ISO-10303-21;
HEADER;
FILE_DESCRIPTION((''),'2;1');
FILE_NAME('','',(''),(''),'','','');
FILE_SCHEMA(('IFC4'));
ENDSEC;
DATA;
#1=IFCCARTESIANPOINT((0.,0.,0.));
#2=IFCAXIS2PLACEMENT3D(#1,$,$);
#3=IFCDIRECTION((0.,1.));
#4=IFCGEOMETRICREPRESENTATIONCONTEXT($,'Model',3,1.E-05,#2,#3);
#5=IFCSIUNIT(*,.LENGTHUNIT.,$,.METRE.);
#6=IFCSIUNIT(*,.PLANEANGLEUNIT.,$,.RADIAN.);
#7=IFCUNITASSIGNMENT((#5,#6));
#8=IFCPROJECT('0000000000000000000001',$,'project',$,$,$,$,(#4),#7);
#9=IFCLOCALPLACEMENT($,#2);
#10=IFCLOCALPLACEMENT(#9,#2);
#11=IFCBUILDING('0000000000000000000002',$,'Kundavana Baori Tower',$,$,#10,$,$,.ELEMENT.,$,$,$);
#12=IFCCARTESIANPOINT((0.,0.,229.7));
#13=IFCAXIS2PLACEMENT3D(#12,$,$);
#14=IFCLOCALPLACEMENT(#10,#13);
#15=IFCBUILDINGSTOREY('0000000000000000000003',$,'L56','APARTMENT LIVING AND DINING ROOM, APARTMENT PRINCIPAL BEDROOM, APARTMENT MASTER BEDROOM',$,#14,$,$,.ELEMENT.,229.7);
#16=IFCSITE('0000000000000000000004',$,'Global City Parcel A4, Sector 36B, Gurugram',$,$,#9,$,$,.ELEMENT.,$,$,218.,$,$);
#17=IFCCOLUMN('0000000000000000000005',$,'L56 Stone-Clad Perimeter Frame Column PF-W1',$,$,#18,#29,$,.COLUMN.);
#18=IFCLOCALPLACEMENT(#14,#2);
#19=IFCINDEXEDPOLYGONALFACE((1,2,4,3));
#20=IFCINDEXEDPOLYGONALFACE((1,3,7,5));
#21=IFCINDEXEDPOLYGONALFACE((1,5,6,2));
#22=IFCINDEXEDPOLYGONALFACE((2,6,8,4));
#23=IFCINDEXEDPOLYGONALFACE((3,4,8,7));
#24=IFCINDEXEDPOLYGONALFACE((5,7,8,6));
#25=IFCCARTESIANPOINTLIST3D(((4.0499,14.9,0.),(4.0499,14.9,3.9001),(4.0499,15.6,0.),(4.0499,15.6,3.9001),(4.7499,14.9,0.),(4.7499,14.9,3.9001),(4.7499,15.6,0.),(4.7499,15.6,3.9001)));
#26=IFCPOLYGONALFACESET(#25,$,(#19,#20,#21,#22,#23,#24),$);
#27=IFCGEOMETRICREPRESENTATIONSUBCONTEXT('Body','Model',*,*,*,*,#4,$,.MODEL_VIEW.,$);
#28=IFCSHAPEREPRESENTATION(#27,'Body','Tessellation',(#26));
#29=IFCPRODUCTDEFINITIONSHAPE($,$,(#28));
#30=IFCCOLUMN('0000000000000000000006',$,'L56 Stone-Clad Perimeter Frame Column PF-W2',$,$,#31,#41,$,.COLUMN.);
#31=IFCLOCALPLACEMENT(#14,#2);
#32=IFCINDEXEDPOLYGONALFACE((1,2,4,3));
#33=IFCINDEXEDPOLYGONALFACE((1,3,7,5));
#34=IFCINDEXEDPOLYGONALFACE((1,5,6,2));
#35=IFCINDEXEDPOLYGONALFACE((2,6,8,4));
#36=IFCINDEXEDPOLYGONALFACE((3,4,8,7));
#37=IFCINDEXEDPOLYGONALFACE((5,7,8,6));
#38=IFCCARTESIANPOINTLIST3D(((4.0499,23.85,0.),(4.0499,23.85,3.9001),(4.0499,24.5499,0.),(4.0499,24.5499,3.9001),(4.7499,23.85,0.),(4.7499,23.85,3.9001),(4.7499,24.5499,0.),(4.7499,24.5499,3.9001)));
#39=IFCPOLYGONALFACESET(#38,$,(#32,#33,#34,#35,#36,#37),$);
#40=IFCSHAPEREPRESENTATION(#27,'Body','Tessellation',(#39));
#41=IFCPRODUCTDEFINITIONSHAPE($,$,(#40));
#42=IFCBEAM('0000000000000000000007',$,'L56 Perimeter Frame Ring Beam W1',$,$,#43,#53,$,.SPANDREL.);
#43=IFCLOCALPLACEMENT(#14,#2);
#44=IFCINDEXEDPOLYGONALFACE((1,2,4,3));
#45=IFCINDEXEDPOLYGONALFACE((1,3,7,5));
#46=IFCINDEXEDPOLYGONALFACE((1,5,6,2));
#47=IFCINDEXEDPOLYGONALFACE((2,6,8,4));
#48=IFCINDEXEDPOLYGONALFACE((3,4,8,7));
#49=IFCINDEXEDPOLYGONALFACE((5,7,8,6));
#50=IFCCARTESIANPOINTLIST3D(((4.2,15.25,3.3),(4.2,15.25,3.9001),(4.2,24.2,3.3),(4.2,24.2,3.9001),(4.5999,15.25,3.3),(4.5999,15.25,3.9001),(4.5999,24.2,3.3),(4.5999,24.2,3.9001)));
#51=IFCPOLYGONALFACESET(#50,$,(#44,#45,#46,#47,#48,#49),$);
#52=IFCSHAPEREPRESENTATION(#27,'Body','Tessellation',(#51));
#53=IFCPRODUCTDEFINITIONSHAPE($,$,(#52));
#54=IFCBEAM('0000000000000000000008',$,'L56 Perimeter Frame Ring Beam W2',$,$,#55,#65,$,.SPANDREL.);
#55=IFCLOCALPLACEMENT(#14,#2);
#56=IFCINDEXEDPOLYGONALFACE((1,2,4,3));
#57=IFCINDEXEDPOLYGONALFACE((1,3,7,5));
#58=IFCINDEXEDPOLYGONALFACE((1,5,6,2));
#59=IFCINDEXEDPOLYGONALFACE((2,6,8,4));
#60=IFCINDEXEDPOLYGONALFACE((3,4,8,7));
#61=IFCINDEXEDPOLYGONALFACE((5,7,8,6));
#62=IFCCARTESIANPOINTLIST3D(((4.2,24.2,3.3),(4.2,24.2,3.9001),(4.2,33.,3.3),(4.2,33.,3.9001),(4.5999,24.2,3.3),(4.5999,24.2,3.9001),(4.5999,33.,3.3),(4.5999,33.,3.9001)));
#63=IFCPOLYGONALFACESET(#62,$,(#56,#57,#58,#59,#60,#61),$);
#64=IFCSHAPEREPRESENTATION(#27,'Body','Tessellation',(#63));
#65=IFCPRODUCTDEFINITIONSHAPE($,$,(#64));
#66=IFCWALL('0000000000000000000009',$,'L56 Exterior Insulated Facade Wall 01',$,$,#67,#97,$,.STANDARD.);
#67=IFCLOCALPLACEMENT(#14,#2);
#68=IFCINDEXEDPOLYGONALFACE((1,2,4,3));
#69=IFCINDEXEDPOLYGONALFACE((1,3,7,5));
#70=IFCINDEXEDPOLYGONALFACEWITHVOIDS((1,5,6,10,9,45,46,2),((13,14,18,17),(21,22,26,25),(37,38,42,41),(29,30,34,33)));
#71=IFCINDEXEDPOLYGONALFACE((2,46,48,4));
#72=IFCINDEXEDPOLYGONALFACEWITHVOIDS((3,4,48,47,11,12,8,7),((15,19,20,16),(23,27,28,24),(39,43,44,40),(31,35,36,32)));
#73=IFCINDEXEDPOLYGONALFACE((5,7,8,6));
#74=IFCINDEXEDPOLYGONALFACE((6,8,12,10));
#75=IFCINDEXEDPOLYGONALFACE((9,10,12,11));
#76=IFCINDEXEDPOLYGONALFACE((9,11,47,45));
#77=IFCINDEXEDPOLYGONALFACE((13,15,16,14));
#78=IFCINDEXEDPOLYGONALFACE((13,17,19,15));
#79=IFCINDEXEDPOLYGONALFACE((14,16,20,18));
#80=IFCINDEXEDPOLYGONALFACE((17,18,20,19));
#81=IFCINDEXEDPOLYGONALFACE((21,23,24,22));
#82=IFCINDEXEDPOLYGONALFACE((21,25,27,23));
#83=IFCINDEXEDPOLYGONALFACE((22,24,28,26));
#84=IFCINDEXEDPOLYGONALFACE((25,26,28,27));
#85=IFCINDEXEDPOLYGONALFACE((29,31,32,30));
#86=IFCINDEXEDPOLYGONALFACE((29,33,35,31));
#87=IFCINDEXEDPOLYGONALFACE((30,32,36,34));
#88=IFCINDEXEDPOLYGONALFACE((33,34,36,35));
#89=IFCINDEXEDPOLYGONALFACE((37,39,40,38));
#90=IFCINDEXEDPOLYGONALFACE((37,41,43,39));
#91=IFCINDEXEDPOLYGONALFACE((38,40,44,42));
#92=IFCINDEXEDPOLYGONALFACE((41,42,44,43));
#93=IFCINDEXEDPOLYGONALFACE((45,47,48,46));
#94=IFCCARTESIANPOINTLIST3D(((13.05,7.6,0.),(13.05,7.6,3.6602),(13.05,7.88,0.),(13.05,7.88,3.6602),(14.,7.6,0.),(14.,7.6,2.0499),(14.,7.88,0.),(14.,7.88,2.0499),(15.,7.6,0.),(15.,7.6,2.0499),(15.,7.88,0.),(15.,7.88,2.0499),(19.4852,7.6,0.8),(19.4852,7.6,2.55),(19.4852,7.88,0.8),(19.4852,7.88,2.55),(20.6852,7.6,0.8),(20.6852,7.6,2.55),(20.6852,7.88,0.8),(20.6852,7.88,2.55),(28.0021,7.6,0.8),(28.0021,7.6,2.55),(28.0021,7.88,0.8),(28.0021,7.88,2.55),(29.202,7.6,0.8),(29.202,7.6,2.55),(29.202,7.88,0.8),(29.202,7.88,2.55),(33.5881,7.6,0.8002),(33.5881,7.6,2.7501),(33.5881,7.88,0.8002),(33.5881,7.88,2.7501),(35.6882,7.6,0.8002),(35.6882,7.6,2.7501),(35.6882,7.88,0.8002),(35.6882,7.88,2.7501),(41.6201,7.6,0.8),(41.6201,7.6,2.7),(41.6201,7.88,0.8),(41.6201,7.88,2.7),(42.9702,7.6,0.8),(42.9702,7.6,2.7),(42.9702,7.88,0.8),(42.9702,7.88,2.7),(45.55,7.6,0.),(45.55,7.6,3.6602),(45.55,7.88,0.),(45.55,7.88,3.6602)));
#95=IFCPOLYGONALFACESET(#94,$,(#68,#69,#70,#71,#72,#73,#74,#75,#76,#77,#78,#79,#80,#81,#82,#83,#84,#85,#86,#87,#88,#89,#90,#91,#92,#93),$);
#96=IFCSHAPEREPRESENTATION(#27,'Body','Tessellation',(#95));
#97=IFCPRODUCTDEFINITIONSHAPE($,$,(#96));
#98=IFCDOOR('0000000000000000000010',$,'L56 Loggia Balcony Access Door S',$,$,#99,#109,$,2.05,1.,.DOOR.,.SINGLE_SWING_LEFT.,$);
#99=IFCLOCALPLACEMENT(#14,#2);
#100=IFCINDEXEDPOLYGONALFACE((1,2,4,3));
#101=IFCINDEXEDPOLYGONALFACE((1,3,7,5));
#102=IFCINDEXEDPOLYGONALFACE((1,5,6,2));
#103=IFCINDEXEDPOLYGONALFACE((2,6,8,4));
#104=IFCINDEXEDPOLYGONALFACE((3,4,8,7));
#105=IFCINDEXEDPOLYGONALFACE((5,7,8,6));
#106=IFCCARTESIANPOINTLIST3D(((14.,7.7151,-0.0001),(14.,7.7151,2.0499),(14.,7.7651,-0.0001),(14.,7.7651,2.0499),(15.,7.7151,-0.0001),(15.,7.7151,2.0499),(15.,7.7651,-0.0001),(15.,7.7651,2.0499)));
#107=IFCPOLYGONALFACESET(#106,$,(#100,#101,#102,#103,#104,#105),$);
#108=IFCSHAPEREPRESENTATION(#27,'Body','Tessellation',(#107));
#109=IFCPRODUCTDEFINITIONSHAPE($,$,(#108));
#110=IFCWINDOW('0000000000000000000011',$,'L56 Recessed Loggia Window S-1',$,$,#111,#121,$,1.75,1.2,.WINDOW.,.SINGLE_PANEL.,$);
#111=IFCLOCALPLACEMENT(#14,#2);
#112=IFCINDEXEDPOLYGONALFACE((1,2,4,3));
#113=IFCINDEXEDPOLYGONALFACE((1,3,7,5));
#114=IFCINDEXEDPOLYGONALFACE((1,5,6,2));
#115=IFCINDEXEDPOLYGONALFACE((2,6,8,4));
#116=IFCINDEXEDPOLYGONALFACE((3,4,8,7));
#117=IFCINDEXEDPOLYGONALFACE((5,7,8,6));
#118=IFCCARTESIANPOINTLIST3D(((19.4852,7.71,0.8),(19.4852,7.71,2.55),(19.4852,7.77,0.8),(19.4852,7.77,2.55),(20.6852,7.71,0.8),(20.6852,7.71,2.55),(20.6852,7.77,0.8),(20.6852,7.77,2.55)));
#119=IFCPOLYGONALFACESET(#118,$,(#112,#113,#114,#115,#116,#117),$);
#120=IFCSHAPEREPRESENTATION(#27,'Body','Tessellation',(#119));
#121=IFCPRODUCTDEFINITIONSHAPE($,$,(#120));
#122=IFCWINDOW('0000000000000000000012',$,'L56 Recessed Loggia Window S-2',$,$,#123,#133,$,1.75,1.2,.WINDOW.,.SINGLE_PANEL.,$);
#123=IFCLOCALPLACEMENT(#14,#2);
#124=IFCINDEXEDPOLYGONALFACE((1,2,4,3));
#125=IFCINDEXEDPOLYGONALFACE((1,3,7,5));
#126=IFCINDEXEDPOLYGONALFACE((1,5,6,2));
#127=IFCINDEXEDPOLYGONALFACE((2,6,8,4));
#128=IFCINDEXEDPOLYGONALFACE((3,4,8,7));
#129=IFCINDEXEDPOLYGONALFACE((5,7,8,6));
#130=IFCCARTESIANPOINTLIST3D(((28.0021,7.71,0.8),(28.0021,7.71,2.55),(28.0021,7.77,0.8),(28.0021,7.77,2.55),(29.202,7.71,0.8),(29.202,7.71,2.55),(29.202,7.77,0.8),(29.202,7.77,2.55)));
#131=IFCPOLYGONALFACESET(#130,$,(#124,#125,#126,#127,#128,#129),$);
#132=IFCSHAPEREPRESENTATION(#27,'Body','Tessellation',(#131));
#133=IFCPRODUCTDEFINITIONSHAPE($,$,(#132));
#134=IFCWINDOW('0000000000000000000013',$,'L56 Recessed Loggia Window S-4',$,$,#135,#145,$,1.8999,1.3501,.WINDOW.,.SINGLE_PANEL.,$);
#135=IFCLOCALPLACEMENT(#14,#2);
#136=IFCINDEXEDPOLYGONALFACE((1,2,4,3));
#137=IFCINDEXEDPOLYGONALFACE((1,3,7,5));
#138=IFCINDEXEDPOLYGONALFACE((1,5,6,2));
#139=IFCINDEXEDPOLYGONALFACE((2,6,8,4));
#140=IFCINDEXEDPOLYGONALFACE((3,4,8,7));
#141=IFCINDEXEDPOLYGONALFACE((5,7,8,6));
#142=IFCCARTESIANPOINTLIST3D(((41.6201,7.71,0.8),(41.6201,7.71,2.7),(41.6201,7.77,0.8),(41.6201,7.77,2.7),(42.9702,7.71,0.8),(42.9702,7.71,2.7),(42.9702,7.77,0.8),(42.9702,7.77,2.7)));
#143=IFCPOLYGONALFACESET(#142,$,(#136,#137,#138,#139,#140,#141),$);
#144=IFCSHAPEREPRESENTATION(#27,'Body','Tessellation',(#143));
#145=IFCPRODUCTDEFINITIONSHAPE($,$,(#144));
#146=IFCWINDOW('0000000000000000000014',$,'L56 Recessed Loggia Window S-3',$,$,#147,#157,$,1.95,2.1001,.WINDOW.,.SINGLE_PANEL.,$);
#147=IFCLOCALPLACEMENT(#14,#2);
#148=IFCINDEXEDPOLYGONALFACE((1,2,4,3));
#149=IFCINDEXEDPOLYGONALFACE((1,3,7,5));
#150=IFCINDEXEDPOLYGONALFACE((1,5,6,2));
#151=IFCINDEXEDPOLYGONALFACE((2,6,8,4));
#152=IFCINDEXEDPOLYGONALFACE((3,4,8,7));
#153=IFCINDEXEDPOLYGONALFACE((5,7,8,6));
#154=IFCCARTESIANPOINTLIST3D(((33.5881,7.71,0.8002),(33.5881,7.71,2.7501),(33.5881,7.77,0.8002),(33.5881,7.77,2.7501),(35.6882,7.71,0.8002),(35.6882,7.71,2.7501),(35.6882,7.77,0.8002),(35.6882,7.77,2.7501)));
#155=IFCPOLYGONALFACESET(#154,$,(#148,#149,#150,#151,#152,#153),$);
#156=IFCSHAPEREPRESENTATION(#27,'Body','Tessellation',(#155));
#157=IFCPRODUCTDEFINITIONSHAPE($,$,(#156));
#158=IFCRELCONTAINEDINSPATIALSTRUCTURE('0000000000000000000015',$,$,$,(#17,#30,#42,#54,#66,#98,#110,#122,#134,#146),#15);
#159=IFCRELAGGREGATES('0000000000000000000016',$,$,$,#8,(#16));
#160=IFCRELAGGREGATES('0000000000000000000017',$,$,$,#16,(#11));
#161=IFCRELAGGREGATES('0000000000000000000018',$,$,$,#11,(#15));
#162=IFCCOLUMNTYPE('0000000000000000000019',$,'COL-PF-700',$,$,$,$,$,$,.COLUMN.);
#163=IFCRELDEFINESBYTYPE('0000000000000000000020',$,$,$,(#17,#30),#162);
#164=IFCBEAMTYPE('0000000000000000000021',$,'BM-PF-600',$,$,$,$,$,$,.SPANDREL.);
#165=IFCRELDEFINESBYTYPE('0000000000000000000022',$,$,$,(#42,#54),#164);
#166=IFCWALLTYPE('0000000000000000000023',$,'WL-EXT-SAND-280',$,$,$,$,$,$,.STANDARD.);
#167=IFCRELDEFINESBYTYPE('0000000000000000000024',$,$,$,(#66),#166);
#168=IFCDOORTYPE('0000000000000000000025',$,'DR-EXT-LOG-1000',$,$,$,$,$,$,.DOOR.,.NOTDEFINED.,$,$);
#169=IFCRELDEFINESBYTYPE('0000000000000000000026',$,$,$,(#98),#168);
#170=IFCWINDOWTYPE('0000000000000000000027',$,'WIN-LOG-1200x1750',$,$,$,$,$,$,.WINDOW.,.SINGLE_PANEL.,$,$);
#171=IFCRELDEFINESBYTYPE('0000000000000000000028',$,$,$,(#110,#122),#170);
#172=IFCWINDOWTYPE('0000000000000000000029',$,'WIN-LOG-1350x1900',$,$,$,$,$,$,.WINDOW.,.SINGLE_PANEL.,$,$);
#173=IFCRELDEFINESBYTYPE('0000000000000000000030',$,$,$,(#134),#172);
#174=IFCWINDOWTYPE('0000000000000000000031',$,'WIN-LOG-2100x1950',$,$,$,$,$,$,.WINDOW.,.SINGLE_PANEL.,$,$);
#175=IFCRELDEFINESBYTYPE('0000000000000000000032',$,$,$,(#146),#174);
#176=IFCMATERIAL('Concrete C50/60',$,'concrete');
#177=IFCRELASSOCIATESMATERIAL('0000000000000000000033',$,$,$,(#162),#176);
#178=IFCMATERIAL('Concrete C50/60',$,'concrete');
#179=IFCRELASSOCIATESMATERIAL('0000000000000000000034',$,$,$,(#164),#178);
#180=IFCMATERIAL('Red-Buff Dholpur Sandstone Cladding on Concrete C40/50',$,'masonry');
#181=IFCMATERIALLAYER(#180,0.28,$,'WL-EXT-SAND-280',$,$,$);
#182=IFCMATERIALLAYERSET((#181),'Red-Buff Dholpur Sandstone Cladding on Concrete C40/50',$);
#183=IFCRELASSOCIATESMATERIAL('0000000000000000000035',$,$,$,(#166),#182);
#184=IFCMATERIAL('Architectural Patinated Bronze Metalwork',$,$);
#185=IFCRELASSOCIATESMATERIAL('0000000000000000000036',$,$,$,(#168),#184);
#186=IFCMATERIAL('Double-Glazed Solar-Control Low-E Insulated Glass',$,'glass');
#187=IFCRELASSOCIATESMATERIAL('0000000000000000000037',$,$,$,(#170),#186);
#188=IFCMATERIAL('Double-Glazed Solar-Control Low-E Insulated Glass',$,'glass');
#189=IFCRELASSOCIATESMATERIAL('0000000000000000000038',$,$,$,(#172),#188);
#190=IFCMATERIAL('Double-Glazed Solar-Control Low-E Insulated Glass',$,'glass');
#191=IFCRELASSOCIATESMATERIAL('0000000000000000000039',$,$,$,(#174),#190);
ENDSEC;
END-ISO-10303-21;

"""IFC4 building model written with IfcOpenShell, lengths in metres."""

from ifc_helpers import new_model, si_unit, direction, frame, frame_2d, origin, origin_2d, place, context, subcontext, project, spatial, rectangle, extrude, material, layer, layer_set, material_profile, profile_set, type_object, element, fill, save


model = new_model("IFC4")

# Units and contexts
model_context = context("Model", 3, precision=1e-05, world=origin(), true_north=direction((0.0, 1.0)))
body_context = subcontext(model_context, "Body", "Model", "MODEL_VIEW")
ifc_project = project(units=[si_unit("LENGTHUNIT", "METRE"), si_unit("PLANEANGLEUNIT", "RADIAN")], contexts=[model_context])

# Site, building, storey
site_placement = place(None, origin())
site = spatial("IfcSite", under=ifc_project, at=site_placement, Name="Global City Parcel A4, Sector 36B, Gurugram", CompositionType="ELEMENT", RefElevation=218.0)
building_placement = place(site_placement, origin())
building = spatial("IfcBuilding", under=site, at=building_placement, Name="Kundavana Baori Tower", CompositionType="ELEMENT")
storey_placement = place(building_placement, frame((0.0, 0.0, 229.7)))
storey = spatial("IfcBuildingStorey", under=building, at=storey_placement, Name="L56", Description="APARTMENT LIVING AND DINING ROOM, APARTMENT PRINCIPAL BEDROOM, APARTMENT MASTER BEDROOM", CompositionType="ELEMENT", Elevation=229.7)

# Columns
ifc_material_1 = material(Name="Concrete C50/60", Category="concrete")
ifc_material_profile_1 = material_profile(ifc_material_1, rectangle(XDim=0.7, YDim=0.7, at=origin_2d()), Name="RC PF 700x700")
ifc_profile_set_1 = profile_set([ifc_material_profile_1], Name="Concrete C50/60")
column_type = type_object("IfcColumnType", Name="COL-PF-700", PredefinedType="COLUMN", material=ifc_profile_set_1)
for number, where, z_axis, x_axis, name in (
    (1, (4.3999, 15.25, 0.0), (0.0, 0.0, 1.0), (1.0, 0.0, 0.0), "L56 Stone-Clad Perimeter Frame Column PF-W1"),
    (2, (4.3999, 24.2, 0.0), (0.0, 0.0, 1.0), (1.0, 0.0, 0.0), "L56 Stone-Clad Perimeter Frame Column PF-W2"),
):
    element("IfcColumn", number, at=place(storey_placement, frame(where, z_axis=z_axis, x_axis=x_axis)), inside=storey, type_object=column_type, Name=name, PredefinedType="COLUMN", context=body_context, shape_type="SweptSolid", body=[
        extrude(rectangle(XDim=0.7, YDim=0.7, at=origin_2d()), origin(), (0.0, 0.0, 1.0), 3.9001),
    ])

# Beams
ifc_material_2 = material(Name="Concrete C50/60", Category="concrete")
ifc_material_profile_2 = material_profile(ifc_material_2, rectangle(XDim=0.3999, YDim=0.6001, at=origin_2d()), Name="RC BM 400x600")
ifc_profile_set_2 = profile_set([ifc_material_profile_2], Name="Concrete C50/60")
beam_type = type_object("IfcBeamType", Name="BM-PF-600", PredefinedType="SPANDREL", material=ifc_profile_set_2)
beam_1_placement = place(storey_placement, frame((4.3999, 15.25, 3.6001), z_axis=(0.0, 1.0, 0.0), x_axis=(-1.0, 0.0, 0.0)))
element("IfcBeam", 3, at=beam_1_placement, inside=storey, type_object=beam_type, Name="L56 Perimeter Frame Ring Beam W1", PredefinedType="SPANDREL", context=body_context, shape_type="SweptSolid", body=[
    extrude(rectangle(XDim=0.3999, YDim=0.6001, at=origin_2d()), origin(), (0.0, 0.0, 1.0), 8.95),
])
beam_2_placement = place(storey_placement, frame((4.3999, 24.2, 3.6001), z_axis=(0.0, 1.0, 0.0), x_axis=(-1.0, 0.0, 0.0)))
element("IfcBeam", 4, at=beam_2_placement, inside=storey, type_object=beam_type, Name="L56 Perimeter Frame Ring Beam W2", PredefinedType="SPANDREL", context=body_context, shape_type="SweptSolid", body=[
    extrude(rectangle(XDim=0.3999, YDim=0.6001, at=origin_2d()), origin(), (0.0, 0.0, 1.0), 8.8),
])

# Wall, openings, door, windows
ifc_material_3 = material(Name="Red-Buff Dholpur Sandstone Cladding on Concrete C40/50", Category="masonry")
ifc_layer_1 = layer(ifc_material_3, 0.28, Name="WL-EXT-SAND-280")
ifc_layer_set_1 = layer_set([ifc_layer_1], Name="Red-Buff Dholpur Sandstone Cladding on Concrete C40/50")
wall_type_1 = type_object("IfcWallType", Name="WL-EXT-SAND-280", PredefinedType="STANDARD", material=ifc_layer_set_1)
wall_1_placement = place(storey_placement, frame((13.05, 7.74, 0.0), z_axis=(0.0, 0.0, 1.0), x_axis=(1.0, 0.0, 0.0)))
wall_1 = element("IfcWall", 5, at=wall_1_placement, inside=storey, type_object=wall_type_1, Name="L56 Exterior Insulated Facade Wall 01", PredefinedType="STANDARD", context=body_context, shape_type="SweptSolid", body=[
    extrude(rectangle(XDim=32.5, YDim=0.28, at=frame_2d((16.25, 0.0))), origin(), (0.0, 0.0, 1.0), 3.6602),
])
opening_1_placement = place(wall_1_placement, frame((0.95, 0.0, 0.0)))
opening_1 = element("IfcOpeningElement", 6, at=opening_1_placement, cuts=wall_1, PredefinedType="OPENING", context=body_context, shape_type="SweptSolid", body=[
    extrude(rectangle(XDim=1.0, YDim=2.05, at=frame_2d((0.5, 1.0249))), frame((0.0, 0.1499, 0.0), z_axis=(0.0, -1.0, 0.0), x_axis=(1.0, 0.0, 0.0)), (0.0, 0.0, 1.0), 0.3),
])
opening_2_placement = place(wall_1_placement, frame((6.4351, 0.0, 0.8)))
opening_2 = element("IfcOpeningElement", 7, at=opening_2_placement, cuts=wall_1, PredefinedType="OPENING", context=body_context, shape_type="SweptSolid", body=[
    extrude(rectangle(XDim=1.2, YDim=1.75, at=frame_2d((0.6001, 0.875))), frame((0.0, 0.1499, 0.0), z_axis=(0.0, -1.0, 0.0), x_axis=(1.0, 0.0, 0.0)), (0.0, 0.0, 1.0), 0.3),
])
opening_3_placement = place(wall_1_placement, frame((14.9519, 0.0, 0.8)))
opening_3 = element("IfcOpeningElement", 8, at=opening_3_placement, cuts=wall_1, PredefinedType="OPENING", context=body_context, shape_type="SweptSolid", body=[
    extrude(rectangle(XDim=1.2, YDim=1.75, at=frame_2d((0.6001, 0.875))), frame((0.0, 0.1499, 0.0), z_axis=(0.0, -1.0, 0.0), x_axis=(1.0, 0.0, 0.0)), (0.0, 0.0, 1.0), 0.3),
])
opening_4_placement = place(wall_1_placement, frame((20.5381, 0.0, 0.8)))
opening_4 = element("IfcOpeningElement", 9, at=opening_4_placement, cuts=wall_1, PredefinedType="OPENING", context=body_context, shape_type="SweptSolid", body=[
    extrude(rectangle(XDim=2.1001, YDim=1.95, at=frame_2d((1.05, 0.9751))), frame((0.0, 0.1499, 0.0), z_axis=(0.0, -1.0, 0.0), x_axis=(1.0, 0.0, 0.0)), (0.0, 0.0, 1.0), 0.3),
])
opening_5_placement = place(wall_1_placement, frame((28.5701, 0.0, 0.8)))
opening_5 = element("IfcOpeningElement", 10, at=opening_5_placement, cuts=wall_1, PredefinedType="OPENING", context=body_context, shape_type="SweptSolid", body=[
    extrude(rectangle(XDim=1.3501, YDim=1.8999, at=frame_2d((0.675, 0.95))), frame((0.0, 0.1499, 0.0), z_axis=(0.0, -1.0, 0.0), x_axis=(1.0, 0.0, 0.0)), (0.0, 0.0, 1.0), 0.3),
])
ifc_material_4 = material(Name="Architectural Patinated Bronze Metalwork")
door_type_1 = type_object("IfcDoorType", Name="DR-EXT-LOG-1000", OperationType="NOTDEFINED", PredefinedType="DOOR", material=ifc_material_4)
door_1_placement = place(opening_1_placement, frame((1.0, 0.0, 0.0), z_axis=(0.0, 0.0, 1.0), x_axis=(-1.0, 0.0, 0.0)))
door_1 = element("IfcDoor", 11, at=door_1_placement, inside=storey, type_object=door_type_1, Name="L56 Loggia Balcony Access Door S", OperationType="SINGLE_SWING_LEFT", OverallHeight=2.05, OverallWidth=1.0, PredefinedType="DOOR", context=body_context, shape_type="SweptSolid", body=[
    extrude(rectangle(XDim=1.0, YDim=2.05, at=frame_2d((0.5, 1.0249))), frame((0.0, 0.0249, 0.0), z_axis=(0.0, -1.0, 0.0), x_axis=(1.0, 0.0, 0.0)), (0.0, 0.0, 1.0), 0.05),
])
fill(opening_1, door_1)
ifc_material_5 = material(Name="Double-Glazed Solar-Control Low-E Insulated Glass", Category="glass")
window_type_1 = type_object("IfcWindowType", Name="WIN-LOG-1200x1750", PartitioningType="SINGLE_PANEL", PredefinedType="WINDOW", material=ifc_material_5)
window_1_placement = place(opening_2_placement, origin())
window_1 = element("IfcWindow", 12, at=window_1_placement, inside=storey, type_object=window_type_1, Name="L56 Recessed Loggia Window S-1", OverallHeight=1.75, OverallWidth=1.2, PartitioningType="SINGLE_PANEL", PredefinedType="WINDOW", context=body_context, shape_type="SweptSolid", body=[
    extrude(rectangle(XDim=1.2, YDim=1.75, at=frame_2d((0.6001, 0.875))), frame((0.0, 0.03, 0.0), z_axis=(0.0, -1.0, 0.0), x_axis=(1.0, 0.0, 0.0)), (0.0, 0.0, 1.0), 0.0601),
])
fill(opening_2, window_1)
window_2_placement = place(opening_3_placement, origin())
window_2 = element("IfcWindow", 13, at=window_2_placement, inside=storey, type_object=window_type_1, Name="L56 Recessed Loggia Window S-2", OverallHeight=1.75, OverallWidth=1.2, PartitioningType="SINGLE_PANEL", PredefinedType="WINDOW", context=body_context, shape_type="SweptSolid", body=[
    extrude(rectangle(XDim=1.2, YDim=1.75, at=frame_2d((0.6001, 0.875))), frame((0.0, 0.03, 0.0), z_axis=(0.0, -1.0, 0.0), x_axis=(1.0, 0.0, 0.0)), (0.0, 0.0, 1.0), 0.0601),
])
fill(opening_3, window_2)
ifc_material_6 = material(Name="Double-Glazed Solar-Control Low-E Insulated Glass", Category="glass")
window_type_2 = type_object("IfcWindowType", Name="WIN-LOG-1350x1900", PartitioningType="SINGLE_PANEL", PredefinedType="WINDOW", material=ifc_material_6)
window_3_placement = place(opening_5_placement, origin())
window_3 = element("IfcWindow", 14, at=window_3_placement, inside=storey, type_object=window_type_2, Name="L56 Recessed Loggia Window S-4", OverallHeight=1.8999, OverallWidth=1.3501, PartitioningType="SINGLE_PANEL", PredefinedType="WINDOW", context=body_context, shape_type="SweptSolid", body=[
    extrude(rectangle(XDim=1.3501, YDim=1.8999, at=frame_2d((0.675, 0.95))), frame((0.0, 0.03, 0.0), z_axis=(0.0, -1.0, 0.0), x_axis=(1.0, 0.0, 0.0)), (0.0, 0.0, 1.0), 0.0601),
])
fill(opening_5, window_3)
ifc_material_7 = material(Name="Double-Glazed Solar-Control Low-E Insulated Glass", Category="glass")
window_type_3 = type_object("IfcWindowType", Name="WIN-LOG-2100x1950", PartitioningType="SINGLE_PANEL", PredefinedType="WINDOW", material=ifc_material_7)
window_4_placement = place(opening_4_placement, origin())
window_4 = element("IfcWindow", 15, at=window_4_placement, inside=storey, type_object=window_type_3, Name="L56 Recessed Loggia Window S-3", OverallHeight=1.95, OverallWidth=2.1001, PartitioningType="SINGLE_PANEL", PredefinedType="WINDOW", context=body_context, shape_type="SweptSolid", body=[
    extrude(rectangle(XDim=2.1001, YDim=1.95, at=frame_2d((1.05, 0.9751))), frame((0.0, 0.03, 0.0), z_axis=(0.0, -1.0, 0.0), x_axis=(1.0, 0.0, 0.0)), (0.0, 0.0, 1.0), 0.0601),
])
fill(opening_4, window_4)

save(model, "model.ifc")
